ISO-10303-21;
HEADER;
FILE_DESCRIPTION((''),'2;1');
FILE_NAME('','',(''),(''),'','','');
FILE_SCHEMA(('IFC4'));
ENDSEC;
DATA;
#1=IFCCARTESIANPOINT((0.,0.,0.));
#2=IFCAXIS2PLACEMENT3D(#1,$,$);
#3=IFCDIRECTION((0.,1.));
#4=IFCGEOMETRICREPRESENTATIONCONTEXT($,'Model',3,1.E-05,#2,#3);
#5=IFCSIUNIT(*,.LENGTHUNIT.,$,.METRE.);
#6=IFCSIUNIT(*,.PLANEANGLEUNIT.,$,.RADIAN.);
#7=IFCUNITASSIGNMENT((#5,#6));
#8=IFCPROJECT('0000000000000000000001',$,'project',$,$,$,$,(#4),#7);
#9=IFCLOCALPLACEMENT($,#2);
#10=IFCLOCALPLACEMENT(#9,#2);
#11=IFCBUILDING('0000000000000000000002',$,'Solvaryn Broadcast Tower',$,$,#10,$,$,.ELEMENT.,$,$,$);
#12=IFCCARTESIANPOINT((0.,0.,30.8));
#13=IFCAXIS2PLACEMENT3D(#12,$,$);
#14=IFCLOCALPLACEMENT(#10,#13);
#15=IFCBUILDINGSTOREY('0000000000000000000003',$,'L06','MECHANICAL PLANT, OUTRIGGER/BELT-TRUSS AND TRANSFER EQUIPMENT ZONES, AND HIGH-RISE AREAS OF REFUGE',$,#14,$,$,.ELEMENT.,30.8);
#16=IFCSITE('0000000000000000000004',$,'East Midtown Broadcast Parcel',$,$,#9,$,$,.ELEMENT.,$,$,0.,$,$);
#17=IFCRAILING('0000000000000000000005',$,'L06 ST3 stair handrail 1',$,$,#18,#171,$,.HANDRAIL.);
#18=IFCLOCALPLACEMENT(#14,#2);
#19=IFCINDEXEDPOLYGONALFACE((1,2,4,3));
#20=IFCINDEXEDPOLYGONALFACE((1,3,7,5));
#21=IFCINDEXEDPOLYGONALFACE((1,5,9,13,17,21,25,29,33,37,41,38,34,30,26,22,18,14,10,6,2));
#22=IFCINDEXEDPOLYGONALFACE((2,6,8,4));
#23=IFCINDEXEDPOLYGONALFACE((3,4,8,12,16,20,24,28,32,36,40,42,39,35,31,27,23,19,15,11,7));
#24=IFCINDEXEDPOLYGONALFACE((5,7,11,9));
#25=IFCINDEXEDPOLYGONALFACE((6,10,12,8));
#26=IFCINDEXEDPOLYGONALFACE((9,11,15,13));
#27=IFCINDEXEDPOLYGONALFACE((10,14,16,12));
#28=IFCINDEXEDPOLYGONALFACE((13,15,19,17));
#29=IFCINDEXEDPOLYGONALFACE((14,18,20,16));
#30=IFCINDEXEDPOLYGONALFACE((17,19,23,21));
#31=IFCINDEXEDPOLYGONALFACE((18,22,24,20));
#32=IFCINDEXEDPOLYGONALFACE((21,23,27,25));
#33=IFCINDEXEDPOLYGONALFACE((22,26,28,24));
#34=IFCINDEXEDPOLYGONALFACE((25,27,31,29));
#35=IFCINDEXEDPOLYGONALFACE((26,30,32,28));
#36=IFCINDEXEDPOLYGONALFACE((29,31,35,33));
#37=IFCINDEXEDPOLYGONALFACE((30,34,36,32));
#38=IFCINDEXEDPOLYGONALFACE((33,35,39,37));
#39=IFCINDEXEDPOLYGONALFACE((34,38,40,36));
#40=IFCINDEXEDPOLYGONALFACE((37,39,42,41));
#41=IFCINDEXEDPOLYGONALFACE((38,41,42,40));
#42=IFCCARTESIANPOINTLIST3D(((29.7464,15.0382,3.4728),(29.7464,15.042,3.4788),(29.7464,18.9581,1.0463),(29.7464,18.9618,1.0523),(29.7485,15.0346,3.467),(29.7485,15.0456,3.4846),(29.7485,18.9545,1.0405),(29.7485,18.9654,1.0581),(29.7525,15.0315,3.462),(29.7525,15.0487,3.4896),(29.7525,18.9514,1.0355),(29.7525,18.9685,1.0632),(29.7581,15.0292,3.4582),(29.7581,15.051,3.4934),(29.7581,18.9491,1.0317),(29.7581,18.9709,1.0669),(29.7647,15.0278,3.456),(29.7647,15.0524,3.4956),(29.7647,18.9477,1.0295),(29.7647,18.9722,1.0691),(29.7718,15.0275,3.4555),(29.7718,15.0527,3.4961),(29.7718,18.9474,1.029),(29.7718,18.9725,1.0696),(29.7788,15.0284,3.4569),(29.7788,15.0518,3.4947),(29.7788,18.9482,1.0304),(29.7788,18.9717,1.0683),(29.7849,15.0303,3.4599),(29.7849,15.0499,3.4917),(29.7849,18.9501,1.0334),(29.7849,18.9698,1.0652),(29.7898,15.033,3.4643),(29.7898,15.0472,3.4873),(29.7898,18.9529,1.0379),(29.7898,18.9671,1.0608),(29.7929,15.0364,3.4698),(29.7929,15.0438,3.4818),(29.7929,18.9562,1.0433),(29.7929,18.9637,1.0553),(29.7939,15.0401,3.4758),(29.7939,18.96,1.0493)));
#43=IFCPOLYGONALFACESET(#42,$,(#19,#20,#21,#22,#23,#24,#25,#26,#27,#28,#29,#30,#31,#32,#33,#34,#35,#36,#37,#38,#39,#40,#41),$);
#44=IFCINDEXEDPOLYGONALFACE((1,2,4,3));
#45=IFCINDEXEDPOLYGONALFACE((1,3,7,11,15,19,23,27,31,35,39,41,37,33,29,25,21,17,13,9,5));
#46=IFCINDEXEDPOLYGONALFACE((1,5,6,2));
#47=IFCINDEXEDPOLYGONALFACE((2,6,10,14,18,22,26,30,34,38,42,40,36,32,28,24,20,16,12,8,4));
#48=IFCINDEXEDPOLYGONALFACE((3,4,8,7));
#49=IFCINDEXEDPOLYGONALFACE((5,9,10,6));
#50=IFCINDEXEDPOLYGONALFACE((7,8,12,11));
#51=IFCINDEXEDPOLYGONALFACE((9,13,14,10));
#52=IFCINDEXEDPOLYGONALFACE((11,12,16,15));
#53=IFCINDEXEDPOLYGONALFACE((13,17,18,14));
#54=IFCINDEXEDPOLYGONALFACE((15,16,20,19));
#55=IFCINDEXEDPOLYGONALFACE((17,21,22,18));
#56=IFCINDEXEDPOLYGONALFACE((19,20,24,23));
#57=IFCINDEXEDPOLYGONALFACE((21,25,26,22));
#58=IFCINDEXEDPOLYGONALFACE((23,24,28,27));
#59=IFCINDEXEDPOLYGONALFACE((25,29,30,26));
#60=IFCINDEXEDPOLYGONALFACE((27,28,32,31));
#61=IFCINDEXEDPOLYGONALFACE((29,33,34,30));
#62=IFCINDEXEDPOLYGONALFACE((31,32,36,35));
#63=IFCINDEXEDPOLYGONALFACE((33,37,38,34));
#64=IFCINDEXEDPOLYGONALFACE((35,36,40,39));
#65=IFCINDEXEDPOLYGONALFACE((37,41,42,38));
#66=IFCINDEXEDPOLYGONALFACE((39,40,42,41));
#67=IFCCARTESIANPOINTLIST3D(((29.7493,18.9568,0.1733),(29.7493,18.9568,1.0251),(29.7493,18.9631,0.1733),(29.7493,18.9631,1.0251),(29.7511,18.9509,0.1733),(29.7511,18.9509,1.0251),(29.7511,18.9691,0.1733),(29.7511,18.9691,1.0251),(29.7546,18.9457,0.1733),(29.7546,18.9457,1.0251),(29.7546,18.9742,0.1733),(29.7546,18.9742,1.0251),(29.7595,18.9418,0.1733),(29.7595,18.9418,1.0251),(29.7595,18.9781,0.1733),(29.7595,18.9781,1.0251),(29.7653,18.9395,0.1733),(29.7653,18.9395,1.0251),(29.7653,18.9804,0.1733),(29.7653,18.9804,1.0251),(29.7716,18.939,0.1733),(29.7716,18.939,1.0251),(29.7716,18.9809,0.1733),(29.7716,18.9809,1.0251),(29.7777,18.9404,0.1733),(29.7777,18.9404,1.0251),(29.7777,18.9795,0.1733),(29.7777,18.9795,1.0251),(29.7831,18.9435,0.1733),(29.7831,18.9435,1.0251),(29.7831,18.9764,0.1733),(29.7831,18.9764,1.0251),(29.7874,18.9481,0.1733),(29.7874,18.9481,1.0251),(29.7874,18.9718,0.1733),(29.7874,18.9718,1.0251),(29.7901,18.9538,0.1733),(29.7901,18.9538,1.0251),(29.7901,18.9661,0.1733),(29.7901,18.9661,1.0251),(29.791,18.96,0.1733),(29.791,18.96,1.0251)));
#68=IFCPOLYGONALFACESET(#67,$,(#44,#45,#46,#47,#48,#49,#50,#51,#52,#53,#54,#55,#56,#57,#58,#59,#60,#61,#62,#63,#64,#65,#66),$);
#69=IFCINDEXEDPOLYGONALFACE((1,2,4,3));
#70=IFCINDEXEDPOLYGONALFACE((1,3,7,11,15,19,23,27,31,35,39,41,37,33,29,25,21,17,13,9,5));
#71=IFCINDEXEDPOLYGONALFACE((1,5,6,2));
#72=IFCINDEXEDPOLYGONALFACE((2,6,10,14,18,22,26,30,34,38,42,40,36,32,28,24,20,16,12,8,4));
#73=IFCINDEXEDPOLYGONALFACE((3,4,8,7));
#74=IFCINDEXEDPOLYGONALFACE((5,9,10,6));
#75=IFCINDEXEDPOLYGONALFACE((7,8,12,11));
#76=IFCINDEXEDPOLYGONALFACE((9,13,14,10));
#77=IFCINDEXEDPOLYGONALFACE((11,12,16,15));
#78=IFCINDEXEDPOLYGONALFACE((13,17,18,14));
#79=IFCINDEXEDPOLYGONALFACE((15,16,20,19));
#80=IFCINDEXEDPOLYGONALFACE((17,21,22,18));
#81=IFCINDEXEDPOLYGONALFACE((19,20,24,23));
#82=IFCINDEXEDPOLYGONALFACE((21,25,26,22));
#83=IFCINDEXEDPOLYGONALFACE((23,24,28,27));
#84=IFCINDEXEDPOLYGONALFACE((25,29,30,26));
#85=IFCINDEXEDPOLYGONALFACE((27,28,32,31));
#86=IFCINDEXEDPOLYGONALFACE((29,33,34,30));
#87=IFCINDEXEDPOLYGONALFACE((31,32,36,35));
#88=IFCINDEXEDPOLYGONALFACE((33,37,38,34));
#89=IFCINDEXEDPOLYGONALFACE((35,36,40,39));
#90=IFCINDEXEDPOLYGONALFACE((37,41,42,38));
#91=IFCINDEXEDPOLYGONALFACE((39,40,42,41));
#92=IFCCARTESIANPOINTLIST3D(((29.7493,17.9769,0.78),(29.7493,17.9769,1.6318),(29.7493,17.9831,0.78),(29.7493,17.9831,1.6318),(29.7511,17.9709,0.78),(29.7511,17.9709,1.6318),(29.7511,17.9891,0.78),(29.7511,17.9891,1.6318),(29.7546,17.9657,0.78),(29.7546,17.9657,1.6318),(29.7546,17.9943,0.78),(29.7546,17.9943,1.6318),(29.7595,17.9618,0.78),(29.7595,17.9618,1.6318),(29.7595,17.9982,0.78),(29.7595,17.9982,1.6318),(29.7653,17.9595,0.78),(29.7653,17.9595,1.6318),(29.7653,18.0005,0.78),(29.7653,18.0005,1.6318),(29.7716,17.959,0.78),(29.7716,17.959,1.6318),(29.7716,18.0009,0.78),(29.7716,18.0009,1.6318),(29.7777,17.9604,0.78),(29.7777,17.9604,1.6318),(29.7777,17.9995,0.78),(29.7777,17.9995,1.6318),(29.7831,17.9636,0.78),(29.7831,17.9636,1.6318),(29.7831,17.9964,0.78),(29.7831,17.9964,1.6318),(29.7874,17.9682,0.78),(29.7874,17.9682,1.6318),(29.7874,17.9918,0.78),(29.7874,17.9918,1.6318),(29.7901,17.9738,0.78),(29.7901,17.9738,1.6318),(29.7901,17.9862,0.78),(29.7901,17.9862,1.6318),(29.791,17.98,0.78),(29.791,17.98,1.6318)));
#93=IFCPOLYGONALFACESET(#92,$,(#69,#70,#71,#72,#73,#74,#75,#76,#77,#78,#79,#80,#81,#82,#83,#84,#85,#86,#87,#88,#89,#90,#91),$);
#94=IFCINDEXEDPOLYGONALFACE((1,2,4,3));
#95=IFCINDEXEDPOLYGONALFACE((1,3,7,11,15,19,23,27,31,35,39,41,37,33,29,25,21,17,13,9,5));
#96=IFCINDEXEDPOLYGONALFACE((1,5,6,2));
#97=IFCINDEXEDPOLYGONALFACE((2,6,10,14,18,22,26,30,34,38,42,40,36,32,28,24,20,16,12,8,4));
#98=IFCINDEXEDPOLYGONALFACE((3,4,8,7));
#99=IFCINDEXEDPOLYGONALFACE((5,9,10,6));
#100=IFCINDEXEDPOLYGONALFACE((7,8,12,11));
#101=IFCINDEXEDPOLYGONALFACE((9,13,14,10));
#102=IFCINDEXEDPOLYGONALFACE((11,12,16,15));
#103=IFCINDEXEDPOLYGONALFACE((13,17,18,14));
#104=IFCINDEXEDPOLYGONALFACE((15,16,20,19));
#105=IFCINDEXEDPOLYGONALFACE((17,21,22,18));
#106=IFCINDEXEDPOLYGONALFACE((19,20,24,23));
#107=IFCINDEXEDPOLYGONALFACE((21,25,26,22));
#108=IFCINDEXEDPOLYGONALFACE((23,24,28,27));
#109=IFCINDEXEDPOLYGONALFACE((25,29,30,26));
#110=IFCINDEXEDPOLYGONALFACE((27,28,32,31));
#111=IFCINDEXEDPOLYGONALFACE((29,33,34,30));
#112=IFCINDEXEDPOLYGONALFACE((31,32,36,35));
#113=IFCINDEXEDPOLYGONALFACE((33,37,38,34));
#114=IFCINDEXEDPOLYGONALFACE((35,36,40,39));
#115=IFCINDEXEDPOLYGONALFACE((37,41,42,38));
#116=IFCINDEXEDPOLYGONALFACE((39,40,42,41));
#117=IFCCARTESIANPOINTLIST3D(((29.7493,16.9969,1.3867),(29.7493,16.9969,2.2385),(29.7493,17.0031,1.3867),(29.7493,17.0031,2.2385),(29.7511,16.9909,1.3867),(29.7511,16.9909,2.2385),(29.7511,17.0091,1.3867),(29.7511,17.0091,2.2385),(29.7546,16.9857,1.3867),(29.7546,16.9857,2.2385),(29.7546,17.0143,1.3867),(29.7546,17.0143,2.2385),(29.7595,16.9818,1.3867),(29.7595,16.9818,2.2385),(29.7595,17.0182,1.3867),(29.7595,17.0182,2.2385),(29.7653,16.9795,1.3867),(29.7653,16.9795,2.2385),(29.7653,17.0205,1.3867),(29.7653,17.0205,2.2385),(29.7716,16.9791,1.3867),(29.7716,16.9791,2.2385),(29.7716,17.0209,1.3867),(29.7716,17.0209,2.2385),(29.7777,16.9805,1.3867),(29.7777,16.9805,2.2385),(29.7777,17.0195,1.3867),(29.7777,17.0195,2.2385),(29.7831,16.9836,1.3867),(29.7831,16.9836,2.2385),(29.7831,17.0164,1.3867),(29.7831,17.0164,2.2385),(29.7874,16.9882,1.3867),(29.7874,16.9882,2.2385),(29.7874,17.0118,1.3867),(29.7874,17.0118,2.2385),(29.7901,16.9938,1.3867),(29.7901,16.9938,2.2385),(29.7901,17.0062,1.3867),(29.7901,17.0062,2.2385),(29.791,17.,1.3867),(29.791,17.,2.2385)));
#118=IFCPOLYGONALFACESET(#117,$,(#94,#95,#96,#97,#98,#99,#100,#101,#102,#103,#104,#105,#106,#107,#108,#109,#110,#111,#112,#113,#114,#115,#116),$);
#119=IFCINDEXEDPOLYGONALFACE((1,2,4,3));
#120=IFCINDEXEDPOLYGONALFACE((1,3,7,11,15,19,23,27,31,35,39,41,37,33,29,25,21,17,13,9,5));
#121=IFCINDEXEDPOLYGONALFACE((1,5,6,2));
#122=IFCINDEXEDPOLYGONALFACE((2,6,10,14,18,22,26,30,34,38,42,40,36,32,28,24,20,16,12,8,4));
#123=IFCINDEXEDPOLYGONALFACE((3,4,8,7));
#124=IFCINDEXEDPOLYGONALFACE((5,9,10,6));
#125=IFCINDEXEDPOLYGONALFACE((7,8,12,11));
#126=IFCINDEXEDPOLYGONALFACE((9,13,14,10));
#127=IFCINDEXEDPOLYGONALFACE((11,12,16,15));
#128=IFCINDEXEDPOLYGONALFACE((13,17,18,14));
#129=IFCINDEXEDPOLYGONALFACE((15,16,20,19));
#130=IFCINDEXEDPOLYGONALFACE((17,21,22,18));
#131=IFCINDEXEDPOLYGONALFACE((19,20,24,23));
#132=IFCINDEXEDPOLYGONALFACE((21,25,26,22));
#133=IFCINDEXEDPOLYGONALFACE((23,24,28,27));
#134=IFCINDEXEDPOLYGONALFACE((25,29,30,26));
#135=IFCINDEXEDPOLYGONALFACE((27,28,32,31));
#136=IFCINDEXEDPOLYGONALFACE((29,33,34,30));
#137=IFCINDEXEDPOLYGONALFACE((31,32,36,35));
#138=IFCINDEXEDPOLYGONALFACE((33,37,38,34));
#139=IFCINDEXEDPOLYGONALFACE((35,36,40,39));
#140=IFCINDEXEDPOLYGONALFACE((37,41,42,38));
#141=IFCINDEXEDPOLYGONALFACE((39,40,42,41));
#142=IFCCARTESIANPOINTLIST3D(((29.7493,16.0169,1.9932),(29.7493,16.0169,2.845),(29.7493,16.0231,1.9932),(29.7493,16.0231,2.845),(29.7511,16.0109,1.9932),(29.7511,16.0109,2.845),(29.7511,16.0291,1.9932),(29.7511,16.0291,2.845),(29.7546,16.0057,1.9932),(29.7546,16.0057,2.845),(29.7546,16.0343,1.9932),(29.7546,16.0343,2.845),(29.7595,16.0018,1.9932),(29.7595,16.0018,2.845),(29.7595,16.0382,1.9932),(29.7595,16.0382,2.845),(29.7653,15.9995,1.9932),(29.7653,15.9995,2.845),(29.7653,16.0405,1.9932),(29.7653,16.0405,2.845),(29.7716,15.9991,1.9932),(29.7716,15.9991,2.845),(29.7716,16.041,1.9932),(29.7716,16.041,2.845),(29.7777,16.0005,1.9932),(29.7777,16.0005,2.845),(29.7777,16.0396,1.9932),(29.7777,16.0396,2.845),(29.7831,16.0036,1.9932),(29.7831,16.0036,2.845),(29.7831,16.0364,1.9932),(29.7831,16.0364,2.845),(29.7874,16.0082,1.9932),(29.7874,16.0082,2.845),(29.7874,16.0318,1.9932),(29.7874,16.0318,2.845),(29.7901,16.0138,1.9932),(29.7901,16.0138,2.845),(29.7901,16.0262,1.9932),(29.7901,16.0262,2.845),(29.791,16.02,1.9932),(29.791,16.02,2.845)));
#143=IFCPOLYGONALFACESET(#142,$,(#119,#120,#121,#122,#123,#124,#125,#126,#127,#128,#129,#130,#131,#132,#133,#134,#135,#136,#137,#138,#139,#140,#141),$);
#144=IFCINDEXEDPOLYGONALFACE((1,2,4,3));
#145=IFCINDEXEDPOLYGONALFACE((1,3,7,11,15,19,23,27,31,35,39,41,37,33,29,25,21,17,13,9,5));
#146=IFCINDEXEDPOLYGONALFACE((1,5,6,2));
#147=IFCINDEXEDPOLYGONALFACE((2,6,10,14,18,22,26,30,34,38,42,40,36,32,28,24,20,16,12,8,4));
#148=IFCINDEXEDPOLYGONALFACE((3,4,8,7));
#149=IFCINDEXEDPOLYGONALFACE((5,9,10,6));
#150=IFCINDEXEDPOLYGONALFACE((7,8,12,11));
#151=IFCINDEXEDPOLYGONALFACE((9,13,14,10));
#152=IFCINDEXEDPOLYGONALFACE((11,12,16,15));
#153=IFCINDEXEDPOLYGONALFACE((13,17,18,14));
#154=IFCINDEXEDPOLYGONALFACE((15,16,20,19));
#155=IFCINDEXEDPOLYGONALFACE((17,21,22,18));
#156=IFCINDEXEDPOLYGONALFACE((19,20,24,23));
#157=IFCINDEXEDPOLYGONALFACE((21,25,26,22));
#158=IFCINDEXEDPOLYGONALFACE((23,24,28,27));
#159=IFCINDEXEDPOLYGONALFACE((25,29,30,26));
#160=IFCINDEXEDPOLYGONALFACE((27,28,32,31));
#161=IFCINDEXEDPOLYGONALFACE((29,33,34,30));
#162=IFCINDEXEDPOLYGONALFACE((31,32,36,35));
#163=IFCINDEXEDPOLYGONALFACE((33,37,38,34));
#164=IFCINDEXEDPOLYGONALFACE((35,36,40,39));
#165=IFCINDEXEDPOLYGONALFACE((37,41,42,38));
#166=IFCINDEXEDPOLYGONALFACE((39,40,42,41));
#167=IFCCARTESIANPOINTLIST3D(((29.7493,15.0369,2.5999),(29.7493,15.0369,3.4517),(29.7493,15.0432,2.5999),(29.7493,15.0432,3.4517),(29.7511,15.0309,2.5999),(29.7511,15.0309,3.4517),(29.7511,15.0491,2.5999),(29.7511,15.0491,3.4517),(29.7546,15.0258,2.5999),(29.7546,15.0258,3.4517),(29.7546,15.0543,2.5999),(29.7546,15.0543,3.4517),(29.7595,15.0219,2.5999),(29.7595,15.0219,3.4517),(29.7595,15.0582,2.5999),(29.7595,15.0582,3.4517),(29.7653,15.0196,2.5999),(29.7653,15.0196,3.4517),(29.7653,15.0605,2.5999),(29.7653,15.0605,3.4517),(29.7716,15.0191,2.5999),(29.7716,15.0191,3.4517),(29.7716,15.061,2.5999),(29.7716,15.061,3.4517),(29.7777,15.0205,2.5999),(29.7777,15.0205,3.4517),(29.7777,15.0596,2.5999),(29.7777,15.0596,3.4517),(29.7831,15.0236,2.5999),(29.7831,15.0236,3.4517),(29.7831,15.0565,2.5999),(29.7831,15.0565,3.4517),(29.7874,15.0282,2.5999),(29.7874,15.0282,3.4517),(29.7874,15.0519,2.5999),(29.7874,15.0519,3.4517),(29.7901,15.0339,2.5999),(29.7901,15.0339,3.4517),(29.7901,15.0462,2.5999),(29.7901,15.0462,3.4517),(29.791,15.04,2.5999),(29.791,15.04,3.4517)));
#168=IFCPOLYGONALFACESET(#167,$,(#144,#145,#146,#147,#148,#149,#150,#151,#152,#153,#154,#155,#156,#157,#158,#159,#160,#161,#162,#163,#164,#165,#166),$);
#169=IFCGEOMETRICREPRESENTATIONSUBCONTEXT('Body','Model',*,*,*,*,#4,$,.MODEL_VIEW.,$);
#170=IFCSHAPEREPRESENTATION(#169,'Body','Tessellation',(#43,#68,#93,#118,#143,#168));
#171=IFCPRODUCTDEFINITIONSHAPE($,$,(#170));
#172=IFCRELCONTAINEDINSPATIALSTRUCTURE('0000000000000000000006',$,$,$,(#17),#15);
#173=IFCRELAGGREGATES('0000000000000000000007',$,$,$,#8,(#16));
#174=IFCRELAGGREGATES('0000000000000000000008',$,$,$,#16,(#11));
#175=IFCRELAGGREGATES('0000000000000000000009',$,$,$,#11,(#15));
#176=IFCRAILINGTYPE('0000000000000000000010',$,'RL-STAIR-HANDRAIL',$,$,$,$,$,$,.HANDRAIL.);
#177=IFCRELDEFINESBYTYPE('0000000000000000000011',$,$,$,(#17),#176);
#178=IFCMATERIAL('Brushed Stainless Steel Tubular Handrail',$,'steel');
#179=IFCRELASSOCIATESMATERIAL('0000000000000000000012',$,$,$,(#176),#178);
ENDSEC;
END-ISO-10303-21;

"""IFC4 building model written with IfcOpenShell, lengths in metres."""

from ifc_helpers import new_model, si_unit, direction, frame, origin, origin_2d, place, context, subcontext, project, spatial, circle, extrude, material, type_object, element, save


model = new_model("IFC4")

# Units and contexts
model_context = context("Model", 3, precision=1e-05, world=origin(), true_north=direction((0.0, 1.0)))
body_context = subcontext(model_context, "Body", "Model", "MODEL_VIEW")
ifc_project = project(units=[si_unit("LENGTHUNIT", "METRE"), si_unit("PLANEANGLEUNIT", "RADIAN")], contexts=[model_context])

# Site, building, storey
site_placement = place(None, origin())
site = spatial("IfcSite", under=ifc_project, at=site_placement, Name="East Midtown Broadcast Parcel", CompositionType="ELEMENT", RefElevation=0.0)
building_placement = place(site_placement, origin())
building = spatial("IfcBuilding", under=site, at=building_placement, Name="Solvaryn Broadcast Tower", CompositionType="ELEMENT")
storey_placement = place(building_placement, frame((0.0, 0.0, 30.8)))
storey = spatial("IfcBuildingStorey", under=building, at=storey_placement, Name="L06", Description="MECHANICAL PLANT, OUTRIGGER/BELT-TRUSS AND TRANSFER EQUIPMENT ZONES, AND HIGH-RISE AREAS OF REFUGE", CompositionType="ELEMENT", Elevation=30.8)

# Railing
ifc_material_1 = material(Name="Brushed Stainless Steel Tubular Handrail", Category="steel")
railing_type_1 = type_object("IfcRailingType", Name="RL-STAIR-HANDRAIL", PredefinedType="HANDRAIL", material=ifc_material_1)
railing_1_placement = place(storey_placement, frame((29.77, 18.96, 0.1733)))
element("IfcRailing", 1, at=railing_1_placement, inside=storey, type_object=railing_type_1, Name="L06 ST3 stair handrail 1", PredefinedType="HANDRAIL", context=body_context, shape_type="SweptSolid", body=[
    extrude(circle(Radius=0.0239, at=origin_2d()), frame((0.0, 0.0, 0.876), z_axis=(0.0, -0.850275, 0.526338), x_axis=(1.0, 0.0, 0.0)), (0.0, 0.0, 1.0), 4.6101),
    extrude(circle(Radius=0.021, at=origin_2d()), origin(), (0.0, 0.0, 1.0), 0.8518),
    extrude(circle(Radius=0.021, at=origin_2d()), frame((0.0, -0.98, 0.6067)), (0.0, 0.0, 1.0), 0.8518),
    extrude(circle(Radius=0.021, at=origin_2d()), frame((0.0, -1.96, 1.2134)), (0.0, 0.0, 1.0), 0.8518),
    extrude(circle(Radius=0.021, at=origin_2d()), frame((0.0, -2.9399, 1.8198)), (0.0, 0.0, 1.0), 0.8518),
    extrude(circle(Radius=0.021, at=origin_2d()), frame((0.0, -3.9199, 2.4265)), (0.0, 0.0, 1.0), 0.8518),
])

save(model, "model.ifc")
